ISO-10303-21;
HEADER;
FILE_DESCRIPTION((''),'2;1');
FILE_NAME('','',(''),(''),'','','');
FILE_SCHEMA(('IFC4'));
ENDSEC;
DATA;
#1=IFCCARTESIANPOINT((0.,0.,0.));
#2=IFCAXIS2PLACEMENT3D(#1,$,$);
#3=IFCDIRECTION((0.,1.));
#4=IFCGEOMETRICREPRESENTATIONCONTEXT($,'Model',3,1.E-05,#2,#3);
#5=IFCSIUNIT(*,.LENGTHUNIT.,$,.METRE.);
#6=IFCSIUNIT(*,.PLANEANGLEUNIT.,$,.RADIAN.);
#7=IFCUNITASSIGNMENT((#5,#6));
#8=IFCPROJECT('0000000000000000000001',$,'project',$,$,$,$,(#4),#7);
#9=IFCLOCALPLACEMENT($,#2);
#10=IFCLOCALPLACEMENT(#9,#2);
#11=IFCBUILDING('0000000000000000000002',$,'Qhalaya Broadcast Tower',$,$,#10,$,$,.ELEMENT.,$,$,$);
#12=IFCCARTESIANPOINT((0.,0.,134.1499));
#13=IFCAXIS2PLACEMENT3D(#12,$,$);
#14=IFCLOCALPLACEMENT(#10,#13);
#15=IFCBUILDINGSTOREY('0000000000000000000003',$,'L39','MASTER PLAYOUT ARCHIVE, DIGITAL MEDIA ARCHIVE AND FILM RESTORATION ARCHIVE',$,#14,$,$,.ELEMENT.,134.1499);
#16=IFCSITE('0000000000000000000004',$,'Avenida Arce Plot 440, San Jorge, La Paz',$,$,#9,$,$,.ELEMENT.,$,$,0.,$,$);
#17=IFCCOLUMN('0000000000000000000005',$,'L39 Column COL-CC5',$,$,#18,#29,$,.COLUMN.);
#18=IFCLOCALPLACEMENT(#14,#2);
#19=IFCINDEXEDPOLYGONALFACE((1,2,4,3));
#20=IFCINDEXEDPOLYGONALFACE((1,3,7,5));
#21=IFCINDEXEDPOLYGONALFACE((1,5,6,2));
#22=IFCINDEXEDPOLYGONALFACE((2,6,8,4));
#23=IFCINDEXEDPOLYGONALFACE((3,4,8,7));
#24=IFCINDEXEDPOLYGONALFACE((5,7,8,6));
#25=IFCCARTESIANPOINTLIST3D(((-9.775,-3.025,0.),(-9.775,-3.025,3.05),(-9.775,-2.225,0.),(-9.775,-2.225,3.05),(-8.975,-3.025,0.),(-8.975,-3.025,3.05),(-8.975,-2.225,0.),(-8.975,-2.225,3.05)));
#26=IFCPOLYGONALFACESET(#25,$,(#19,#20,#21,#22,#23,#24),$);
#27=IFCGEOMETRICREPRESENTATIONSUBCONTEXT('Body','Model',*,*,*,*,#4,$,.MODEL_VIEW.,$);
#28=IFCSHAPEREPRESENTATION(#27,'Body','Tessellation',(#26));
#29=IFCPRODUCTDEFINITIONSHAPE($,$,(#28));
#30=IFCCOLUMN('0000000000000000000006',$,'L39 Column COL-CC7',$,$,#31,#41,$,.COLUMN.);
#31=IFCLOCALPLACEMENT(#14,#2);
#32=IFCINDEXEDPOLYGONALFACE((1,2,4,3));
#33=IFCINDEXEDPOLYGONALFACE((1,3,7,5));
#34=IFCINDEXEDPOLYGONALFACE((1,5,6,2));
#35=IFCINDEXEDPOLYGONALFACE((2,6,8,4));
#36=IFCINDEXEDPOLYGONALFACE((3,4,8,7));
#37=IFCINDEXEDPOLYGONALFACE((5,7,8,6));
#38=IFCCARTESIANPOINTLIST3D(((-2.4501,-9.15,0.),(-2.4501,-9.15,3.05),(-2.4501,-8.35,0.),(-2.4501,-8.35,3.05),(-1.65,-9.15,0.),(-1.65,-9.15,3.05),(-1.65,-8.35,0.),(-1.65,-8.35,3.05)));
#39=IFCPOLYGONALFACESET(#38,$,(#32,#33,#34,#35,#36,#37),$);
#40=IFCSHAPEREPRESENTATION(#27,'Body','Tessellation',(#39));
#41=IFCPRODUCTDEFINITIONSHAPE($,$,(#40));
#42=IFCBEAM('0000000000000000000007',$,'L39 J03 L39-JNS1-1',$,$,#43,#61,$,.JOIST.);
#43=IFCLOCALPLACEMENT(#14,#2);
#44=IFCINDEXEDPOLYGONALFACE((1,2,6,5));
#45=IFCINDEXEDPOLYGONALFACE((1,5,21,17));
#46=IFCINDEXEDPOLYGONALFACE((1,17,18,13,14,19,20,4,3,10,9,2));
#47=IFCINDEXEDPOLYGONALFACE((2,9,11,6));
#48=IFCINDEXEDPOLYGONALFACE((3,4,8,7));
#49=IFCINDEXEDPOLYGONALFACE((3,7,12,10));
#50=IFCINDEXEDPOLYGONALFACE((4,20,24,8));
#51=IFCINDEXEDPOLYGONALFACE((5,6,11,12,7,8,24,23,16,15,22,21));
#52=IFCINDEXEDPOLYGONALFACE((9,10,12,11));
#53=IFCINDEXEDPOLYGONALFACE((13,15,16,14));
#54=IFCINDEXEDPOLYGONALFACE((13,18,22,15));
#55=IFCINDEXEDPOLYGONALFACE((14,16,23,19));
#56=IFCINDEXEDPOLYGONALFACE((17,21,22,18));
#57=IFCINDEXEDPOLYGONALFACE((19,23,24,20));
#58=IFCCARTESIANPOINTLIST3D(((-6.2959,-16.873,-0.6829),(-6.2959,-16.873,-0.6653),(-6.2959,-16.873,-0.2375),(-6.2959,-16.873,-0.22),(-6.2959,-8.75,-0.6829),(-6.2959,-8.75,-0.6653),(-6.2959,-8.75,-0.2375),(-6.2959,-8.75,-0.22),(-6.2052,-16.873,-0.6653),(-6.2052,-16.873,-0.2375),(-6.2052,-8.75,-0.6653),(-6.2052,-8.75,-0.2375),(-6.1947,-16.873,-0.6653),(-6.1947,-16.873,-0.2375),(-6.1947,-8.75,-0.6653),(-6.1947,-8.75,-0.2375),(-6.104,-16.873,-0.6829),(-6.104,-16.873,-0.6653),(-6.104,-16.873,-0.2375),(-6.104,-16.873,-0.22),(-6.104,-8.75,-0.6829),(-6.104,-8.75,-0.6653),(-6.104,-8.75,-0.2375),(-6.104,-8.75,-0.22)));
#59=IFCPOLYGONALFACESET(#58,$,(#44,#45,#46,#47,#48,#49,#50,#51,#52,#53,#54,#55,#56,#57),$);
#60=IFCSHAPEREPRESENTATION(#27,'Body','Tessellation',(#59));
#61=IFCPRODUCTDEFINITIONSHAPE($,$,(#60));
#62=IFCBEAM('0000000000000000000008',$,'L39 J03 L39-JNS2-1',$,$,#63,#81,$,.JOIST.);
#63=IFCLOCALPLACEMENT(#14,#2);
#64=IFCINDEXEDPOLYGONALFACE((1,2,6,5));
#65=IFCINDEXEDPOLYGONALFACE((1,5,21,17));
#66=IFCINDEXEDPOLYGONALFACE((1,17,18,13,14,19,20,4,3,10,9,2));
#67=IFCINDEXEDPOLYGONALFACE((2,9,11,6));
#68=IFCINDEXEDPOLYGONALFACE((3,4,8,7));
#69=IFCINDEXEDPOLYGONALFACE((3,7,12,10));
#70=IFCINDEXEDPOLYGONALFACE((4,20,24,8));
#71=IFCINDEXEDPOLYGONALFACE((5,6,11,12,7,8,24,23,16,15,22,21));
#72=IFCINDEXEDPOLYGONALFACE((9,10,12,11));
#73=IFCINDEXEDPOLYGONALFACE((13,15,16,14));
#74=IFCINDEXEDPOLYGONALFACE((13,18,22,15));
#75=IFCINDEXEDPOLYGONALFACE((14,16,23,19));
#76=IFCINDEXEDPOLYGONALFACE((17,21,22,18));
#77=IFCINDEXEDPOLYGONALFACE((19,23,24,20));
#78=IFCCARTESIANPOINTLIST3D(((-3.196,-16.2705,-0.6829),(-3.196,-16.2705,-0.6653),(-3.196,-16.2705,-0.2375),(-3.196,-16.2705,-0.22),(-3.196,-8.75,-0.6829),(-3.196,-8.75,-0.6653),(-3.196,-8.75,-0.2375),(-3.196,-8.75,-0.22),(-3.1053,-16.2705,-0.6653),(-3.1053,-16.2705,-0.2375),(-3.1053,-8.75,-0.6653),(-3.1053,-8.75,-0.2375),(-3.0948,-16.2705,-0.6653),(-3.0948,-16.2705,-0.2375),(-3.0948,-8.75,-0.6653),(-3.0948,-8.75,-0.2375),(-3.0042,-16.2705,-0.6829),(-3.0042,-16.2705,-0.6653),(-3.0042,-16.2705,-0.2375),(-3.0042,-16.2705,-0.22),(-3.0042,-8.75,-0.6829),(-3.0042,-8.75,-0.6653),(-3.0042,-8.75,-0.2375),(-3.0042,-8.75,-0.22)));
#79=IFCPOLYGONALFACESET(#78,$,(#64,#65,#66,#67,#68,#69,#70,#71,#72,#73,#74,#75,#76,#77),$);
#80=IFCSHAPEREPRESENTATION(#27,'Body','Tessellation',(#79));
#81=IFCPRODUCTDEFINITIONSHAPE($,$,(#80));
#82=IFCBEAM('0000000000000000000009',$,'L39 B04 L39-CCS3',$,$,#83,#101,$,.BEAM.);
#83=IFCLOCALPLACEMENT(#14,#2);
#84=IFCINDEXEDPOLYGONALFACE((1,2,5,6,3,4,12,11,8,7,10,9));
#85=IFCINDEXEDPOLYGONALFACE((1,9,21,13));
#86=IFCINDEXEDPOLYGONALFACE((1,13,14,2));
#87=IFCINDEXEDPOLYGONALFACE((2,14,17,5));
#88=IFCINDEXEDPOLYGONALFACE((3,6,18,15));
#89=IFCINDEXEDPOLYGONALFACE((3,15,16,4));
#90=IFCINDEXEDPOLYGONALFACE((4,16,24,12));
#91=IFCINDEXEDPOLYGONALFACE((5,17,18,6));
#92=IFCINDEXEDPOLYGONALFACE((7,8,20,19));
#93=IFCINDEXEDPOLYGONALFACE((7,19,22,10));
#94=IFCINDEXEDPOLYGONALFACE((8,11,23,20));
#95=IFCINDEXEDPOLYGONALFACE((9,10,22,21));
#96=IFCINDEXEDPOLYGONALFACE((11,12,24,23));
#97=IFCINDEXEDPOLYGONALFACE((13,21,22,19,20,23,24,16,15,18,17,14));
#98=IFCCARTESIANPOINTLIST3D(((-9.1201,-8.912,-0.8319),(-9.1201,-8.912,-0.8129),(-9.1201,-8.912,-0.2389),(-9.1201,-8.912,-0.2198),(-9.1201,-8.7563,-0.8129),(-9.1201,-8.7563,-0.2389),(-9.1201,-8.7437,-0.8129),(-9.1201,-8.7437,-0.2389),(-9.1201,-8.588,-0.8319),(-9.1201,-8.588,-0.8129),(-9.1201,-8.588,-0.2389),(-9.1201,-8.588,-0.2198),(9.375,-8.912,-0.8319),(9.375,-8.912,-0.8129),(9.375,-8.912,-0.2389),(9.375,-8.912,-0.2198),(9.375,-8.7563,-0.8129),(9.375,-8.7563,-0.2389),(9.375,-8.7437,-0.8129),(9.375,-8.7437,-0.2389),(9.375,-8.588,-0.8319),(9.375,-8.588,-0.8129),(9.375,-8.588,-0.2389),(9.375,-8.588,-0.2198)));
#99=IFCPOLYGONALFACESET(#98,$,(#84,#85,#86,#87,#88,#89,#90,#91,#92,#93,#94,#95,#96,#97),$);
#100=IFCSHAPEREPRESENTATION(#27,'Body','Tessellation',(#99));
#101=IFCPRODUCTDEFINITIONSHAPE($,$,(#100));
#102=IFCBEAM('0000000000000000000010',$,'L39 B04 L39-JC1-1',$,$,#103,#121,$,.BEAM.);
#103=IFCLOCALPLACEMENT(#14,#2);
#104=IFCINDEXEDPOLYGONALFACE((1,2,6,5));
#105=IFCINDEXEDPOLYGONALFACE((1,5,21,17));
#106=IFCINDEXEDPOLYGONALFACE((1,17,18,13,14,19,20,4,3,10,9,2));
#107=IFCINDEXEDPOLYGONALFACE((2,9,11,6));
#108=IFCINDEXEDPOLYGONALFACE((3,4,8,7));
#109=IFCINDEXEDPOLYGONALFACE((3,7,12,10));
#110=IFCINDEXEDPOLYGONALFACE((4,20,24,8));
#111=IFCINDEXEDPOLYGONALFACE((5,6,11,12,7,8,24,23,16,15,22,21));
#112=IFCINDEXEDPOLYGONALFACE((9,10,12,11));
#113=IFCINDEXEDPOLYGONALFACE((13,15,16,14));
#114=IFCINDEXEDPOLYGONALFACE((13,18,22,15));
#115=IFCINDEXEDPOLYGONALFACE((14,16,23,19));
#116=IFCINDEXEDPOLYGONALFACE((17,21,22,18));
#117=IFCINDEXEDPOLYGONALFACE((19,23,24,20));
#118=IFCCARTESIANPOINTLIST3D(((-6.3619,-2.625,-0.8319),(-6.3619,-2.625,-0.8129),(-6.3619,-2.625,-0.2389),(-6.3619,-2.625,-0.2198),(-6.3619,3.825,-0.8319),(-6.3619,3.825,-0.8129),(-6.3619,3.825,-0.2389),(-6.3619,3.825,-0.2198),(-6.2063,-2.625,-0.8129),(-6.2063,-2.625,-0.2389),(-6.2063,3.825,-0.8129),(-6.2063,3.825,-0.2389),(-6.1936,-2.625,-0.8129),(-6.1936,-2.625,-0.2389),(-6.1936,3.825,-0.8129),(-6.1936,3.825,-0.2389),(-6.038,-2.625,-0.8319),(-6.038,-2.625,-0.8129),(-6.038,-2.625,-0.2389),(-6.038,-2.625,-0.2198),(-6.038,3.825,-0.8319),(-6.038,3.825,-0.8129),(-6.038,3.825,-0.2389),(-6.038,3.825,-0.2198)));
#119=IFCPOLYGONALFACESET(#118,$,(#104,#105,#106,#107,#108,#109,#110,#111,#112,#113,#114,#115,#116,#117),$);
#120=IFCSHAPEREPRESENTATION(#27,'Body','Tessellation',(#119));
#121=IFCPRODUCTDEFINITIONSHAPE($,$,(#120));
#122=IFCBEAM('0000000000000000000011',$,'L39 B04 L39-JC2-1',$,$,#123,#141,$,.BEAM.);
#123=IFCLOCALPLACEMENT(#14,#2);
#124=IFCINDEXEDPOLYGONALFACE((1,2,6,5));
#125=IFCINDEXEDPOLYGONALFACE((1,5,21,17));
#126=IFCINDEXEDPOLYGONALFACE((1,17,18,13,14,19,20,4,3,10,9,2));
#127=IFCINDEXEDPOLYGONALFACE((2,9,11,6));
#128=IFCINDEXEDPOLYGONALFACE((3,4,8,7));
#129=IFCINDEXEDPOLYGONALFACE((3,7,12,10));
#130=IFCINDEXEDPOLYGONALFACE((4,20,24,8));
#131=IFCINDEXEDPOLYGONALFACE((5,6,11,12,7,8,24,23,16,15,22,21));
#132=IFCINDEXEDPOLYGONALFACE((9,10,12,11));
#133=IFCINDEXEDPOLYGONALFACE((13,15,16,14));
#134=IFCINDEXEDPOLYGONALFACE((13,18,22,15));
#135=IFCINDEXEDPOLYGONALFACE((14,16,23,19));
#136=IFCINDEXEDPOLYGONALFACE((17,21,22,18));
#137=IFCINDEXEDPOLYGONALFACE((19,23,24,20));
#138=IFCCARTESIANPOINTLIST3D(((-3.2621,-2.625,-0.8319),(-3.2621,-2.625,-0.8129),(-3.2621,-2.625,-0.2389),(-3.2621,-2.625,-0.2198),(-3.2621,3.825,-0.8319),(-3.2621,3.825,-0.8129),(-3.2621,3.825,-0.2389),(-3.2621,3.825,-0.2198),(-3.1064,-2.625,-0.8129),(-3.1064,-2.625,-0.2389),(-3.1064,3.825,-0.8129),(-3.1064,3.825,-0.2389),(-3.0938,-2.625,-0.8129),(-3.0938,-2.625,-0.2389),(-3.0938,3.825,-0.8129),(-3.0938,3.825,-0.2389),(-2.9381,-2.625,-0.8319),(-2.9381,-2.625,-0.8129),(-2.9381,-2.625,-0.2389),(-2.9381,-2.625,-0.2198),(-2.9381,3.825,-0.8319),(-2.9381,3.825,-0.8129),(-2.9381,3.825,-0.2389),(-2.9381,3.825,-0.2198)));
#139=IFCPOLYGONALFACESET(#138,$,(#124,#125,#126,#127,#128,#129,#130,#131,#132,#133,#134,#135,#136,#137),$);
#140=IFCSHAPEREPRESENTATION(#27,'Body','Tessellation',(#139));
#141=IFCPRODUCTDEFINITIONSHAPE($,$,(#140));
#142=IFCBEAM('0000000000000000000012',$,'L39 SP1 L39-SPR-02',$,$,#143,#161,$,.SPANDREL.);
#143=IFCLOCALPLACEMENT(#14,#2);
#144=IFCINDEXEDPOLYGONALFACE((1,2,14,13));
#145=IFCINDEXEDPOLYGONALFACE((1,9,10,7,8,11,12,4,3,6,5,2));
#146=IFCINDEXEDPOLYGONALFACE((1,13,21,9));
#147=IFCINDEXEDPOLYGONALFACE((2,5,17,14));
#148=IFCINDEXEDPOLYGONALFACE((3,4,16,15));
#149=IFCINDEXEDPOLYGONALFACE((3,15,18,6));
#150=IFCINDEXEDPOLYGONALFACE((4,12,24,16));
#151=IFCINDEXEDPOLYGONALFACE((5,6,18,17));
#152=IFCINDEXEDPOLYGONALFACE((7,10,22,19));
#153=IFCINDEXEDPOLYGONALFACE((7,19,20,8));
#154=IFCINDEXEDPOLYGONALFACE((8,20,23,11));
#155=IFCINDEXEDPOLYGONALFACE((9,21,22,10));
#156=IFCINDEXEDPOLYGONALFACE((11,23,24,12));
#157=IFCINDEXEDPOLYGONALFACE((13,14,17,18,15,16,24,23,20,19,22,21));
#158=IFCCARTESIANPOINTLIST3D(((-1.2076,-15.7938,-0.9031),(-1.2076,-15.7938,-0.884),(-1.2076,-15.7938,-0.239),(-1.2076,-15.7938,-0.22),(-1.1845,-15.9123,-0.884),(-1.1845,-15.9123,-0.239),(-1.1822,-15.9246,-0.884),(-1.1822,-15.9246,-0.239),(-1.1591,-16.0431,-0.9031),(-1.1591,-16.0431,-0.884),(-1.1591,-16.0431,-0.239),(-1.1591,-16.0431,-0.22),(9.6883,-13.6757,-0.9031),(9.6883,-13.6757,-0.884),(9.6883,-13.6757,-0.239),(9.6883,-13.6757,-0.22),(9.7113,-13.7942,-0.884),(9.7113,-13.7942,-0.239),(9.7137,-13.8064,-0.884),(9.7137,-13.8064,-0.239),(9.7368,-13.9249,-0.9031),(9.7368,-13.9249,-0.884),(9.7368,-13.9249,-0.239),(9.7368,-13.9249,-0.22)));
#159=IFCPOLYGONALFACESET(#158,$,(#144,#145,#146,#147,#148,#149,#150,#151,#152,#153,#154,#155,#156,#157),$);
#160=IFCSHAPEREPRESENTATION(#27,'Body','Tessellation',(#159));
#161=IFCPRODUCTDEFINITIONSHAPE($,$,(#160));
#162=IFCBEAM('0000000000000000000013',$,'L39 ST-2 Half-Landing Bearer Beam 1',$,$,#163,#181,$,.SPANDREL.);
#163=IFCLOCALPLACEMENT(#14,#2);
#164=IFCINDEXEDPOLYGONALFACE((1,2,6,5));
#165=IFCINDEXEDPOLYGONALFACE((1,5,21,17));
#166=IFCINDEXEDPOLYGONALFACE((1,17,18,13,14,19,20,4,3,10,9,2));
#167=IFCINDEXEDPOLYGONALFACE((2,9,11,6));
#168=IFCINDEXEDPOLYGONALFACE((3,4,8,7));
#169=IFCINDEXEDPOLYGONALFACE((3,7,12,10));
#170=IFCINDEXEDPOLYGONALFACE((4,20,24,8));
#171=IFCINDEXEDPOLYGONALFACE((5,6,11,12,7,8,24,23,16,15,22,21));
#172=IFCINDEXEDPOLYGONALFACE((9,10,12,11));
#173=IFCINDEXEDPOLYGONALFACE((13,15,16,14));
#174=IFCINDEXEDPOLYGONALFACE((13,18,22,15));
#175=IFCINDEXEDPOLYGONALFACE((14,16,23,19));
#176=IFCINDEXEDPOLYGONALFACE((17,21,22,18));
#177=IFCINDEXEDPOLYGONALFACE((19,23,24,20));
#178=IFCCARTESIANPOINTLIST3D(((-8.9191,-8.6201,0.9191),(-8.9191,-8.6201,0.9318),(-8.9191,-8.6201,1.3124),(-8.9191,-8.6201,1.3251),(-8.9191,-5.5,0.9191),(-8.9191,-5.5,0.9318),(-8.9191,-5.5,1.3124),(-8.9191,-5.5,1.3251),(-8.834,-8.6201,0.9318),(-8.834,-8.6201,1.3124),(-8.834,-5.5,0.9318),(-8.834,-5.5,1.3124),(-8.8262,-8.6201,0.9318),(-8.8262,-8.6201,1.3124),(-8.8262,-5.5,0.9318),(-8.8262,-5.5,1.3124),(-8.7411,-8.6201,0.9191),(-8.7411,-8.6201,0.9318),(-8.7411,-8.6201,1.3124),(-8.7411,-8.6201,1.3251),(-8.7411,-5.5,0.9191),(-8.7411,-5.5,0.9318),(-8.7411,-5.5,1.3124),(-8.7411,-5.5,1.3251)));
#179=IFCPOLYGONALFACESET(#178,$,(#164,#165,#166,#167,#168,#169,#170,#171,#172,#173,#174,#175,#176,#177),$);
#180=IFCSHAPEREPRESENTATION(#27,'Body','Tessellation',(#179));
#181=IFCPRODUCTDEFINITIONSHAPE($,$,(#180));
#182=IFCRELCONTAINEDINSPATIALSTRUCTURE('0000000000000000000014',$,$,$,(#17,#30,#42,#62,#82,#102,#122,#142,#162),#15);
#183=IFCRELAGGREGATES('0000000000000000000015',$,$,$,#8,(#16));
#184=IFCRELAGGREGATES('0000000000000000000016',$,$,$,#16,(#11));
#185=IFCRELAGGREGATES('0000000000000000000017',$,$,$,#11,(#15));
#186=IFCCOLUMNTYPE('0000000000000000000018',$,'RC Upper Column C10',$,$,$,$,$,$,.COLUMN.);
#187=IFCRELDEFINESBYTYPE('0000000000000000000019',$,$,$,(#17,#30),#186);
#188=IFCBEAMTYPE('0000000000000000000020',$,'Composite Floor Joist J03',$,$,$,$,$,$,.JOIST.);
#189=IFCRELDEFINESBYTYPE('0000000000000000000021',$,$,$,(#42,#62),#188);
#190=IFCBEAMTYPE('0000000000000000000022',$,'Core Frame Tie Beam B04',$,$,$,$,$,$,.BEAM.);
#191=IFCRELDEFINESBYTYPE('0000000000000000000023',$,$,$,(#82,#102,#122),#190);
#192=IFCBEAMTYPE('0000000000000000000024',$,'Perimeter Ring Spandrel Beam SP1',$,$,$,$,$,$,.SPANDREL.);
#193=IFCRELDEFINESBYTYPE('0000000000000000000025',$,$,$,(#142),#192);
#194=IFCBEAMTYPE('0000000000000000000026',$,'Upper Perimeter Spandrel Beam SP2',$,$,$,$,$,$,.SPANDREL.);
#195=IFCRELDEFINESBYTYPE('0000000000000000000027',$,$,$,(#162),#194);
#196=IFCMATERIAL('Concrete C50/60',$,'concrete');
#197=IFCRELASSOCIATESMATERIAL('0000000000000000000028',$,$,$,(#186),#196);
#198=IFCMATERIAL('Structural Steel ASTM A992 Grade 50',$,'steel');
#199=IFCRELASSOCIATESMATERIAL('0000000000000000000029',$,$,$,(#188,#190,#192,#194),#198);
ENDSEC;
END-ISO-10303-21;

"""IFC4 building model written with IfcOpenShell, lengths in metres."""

from ifc_helpers import new_model, si_unit, direction, frame, origin, origin_2d, place, context, subcontext, project, spatial, rectangle, i_section, extrude, material, material_profile, profile_set, type_object, element, save


model = new_model("IFC4")

# Units and contexts
model_context = context("Model", 3, precision=1e-05, world=origin(), true_north=direction((0.0, 1.0)))
body_context = subcontext(model_context, "Body", "Model", "MODEL_VIEW")
ifc_project = project(units=[si_unit("LENGTHUNIT", "METRE"), si_unit("PLANEANGLEUNIT", "RADIAN")], contexts=[model_context])

# Site, building, storey
site_placement = place(None, origin())
site = spatial("IfcSite", under=ifc_project, at=site_placement, Name="Avenida Arce Plot 440, San Jorge, La Paz", CompositionType="ELEMENT", RefElevation=0.0)
building_placement = place(site_placement, origin())
building = spatial("IfcBuilding", under=site, at=building_placement, Name="Qhalaya Broadcast Tower", CompositionType="ELEMENT")
storey_placement = place(building_placement, frame((0.0, 0.0, 134.1499)))
storey = spatial("IfcBuildingStorey", under=building, at=storey_placement, Name="L39", Description="MASTER PLAYOUT ARCHIVE, DIGITAL MEDIA ARCHIVE AND FILM RESTORATION ARCHIVE", CompositionType="ELEMENT", Elevation=134.1499)

# Columns
ifc_material_1 = material(Name="Concrete C50/60", Category="concrete")
ifc_material_profile_1 = material_profile(ifc_material_1, rectangle(XDim=0.8, YDim=0.8, at=origin_2d()), Name="RC-COL 800x800")
ifc_profile_set_1 = profile_set([ifc_material_profile_1], Name="Concrete C50/60")
column_type = type_object("IfcColumnType", Name="RC Upper Column C10", PredefinedType="COLUMN", material=ifc_profile_set_1)
for number, where, z_axis, x_axis, name in (
    (1, (-9.375, -2.625, 0.0), (0.0, 0.0, 1.0), (1.0, 0.0, 0.0), "L39 Column COL-CC5"),
    (2, (-2.05, -8.75, 0.0), (0.0, 0.0, 1.0), (1.0, 0.0, 0.0), "L39 Column COL-CC7"),
):
    element("IfcColumn", number, at=place(storey_placement, frame(where, z_axis=z_axis, x_axis=x_axis)), inside=storey, type_object=column_type, Name=name, PredefinedType="COLUMN", context=body_context, shape_type="SweptSolid", body=[
        extrude(rectangle(XDim=0.8, YDim=0.8, at=origin_2d()), origin(), (0.0, 0.0, 1.0), 3.05),
    ])

# Beams
ifc_material_2 = material(Name="Structural Steel ASTM A992 Grade 50", Category="steel")
ifc_material_profile_2 = material_profile(ifc_material_2, i_section(OverallWidth=0.1919, OverallDepth=0.4629, WebThickness=0.0105, FlangeThickness=0.0176, at=origin_2d()), Name="W18X60")
ifc_profile_set_2 = profile_set([ifc_material_profile_2], Name="Structural Steel ASTM A992 Grade 50")
beam_type_1 = type_object("IfcBeamType", Name="Composite Floor Joist J03", PredefinedType="JOIST", material=ifc_profile_set_2)
beam_1_placement = place(storey_placement, frame((-6.2, -16.873, -0.4514), z_axis=(0.0, 1.0, 0.0), x_axis=(-1.0, 0.0, 0.0)))
element("IfcBeam", 3, at=beam_1_placement, inside=storey, type_object=beam_type_1, Name="L39 J03 L39-JNS1-1", PredefinedType="JOIST", context=body_context, shape_type="SweptSolid", body=[
    extrude(i_section(OverallWidth=0.1919, OverallDepth=0.4629, WebThickness=0.0105, FlangeThickness=0.0176, at=origin_2d()), origin(), (0.0, 0.0, 1.0), 8.123),
])
beam_2_placement = place(storey_placement, frame((-3.1001, -16.2705, -0.4514), z_axis=(0.0, 1.0, 0.0), x_axis=(-1.0, 0.0, 0.0)))
element("IfcBeam", 4, at=beam_2_placement, inside=storey, type_object=beam_type_1, Name="L39 J03 L39-JNS2-1", PredefinedType="JOIST", context=body_context, shape_type="SweptSolid", body=[
    extrude(i_section(OverallWidth=0.1919, OverallDepth=0.4629, WebThickness=0.0105, FlangeThickness=0.0176, at=origin_2d()), origin(), (0.0, 0.0, 1.0), 7.5205),
])
ifc_material_profile_3 = material_profile(ifc_material_2, i_section(OverallWidth=0.324, OverallDepth=0.6121, WebThickness=0.0127, FlangeThickness=0.019, at=origin_2d()), Name="W24X104")
ifc_profile_set_3 = profile_set([ifc_material_profile_3], Name="Structural Steel ASTM A992 Grade 50")
beam_type_2 = type_object("IfcBeamType", Name="Core Frame Tie Beam B04", PredefinedType="BEAM", material=ifc_profile_set_3)
beam_3_placement = place(storey_placement, frame((-9.1201, -8.75, -0.5259), z_axis=(1.0, 0.0, 0.0), x_axis=(0.0, 1.0, 0.0)))
element("IfcBeam", 5, at=beam_3_placement, inside=storey, type_object=beam_type_2, Name="L39 B04 L39-CCS3", PredefinedType="BEAM", context=body_context, shape_type="SweptSolid", body=[
    extrude(i_section(OverallWidth=0.324, OverallDepth=0.6121, WebThickness=0.0127, FlangeThickness=0.019, at=origin_2d()), origin(), (0.0, 0.0, 1.0), 18.4951),
])
for number, where, z_axis, x_axis, name in (
    (6, (-6.2, -2.625, -0.5259), (0.0, 1.0, 0.0), (-1.0, 0.0, 0.0), "L39 B04 L39-JC1-1"),
    (7, (-3.1001, -2.625, -0.5259), (0.0, 1.0, 0.0), (-1.0, 0.0, 0.0), "L39 B04 L39-JC2-1"),
):
    element("IfcBeam", number, at=place(storey_placement, frame(where, z_axis=z_axis, x_axis=x_axis)), inside=storey, type_object=beam_type_2, Name=name, PredefinedType="BEAM", context=body_context, shape_type="SweptSolid", body=[
        extrude(i_section(OverallWidth=0.324, OverallDepth=0.6121, WebThickness=0.0127, FlangeThickness=0.019, at=origin_2d()), origin(), (0.0, 0.0, 1.0), 6.45),
    ])
ifc_material_profile_4 = material_profile(ifc_material_2, i_section(OverallWidth=0.2539, OverallDepth=0.6831, WebThickness=0.0125, FlangeThickness=0.019, at=origin_2d()), Name="W27X94")
ifc_profile_set_4 = profile_set([ifc_material_profile_4], Name="Structural Steel ASTM A992 Grade 50")
beam_type_3 = type_object("IfcBeamType", Name="Perimeter Ring Spandrel Beam SP1", PredefinedType="SPANDREL", material=ifc_profile_set_4)
beam_4_placement = place(storey_placement, frame((-1.1833, -15.9185, -0.5615), z_axis=(0.981624, 0.190826, 0.0), x_axis=(-0.190826, 0.981624, 0.0)))
element("IfcBeam", 8, at=beam_4_placement, inside=storey, type_object=beam_type_3, Name="L39 SP1 L39-SPR-02", PredefinedType="SPANDREL", context=body_context, shape_type="SweptSolid", body=[
    extrude(i_section(OverallWidth=0.2539, OverallDepth=0.6831, WebThickness=0.0125, FlangeThickness=0.019, at=origin_2d()), origin(), (0.0, 0.0, 1.0), 11.0999),
])
ifc_material_profile_5 = material_profile(ifc_material_2, i_section(OverallWidth=0.178, OverallDepth=0.406, WebThickness=0.0078, FlangeThickness=0.0127, at=origin_2d()), Name="W16X40")
ifc_profile_set_5 = profile_set([ifc_material_profile_5], Name="Structural Steel ASTM A992 Grade 50")
beam_type_4 = type_object("IfcBeamType", Name="Upper Perimeter Spandrel Beam SP2", PredefinedType="SPANDREL", material=ifc_profile_set_5)
for number, where, z_axis, x_axis, name in (
    (9, (-8.8301, -8.6201, 1.1221), (0.0, 1.0, 0.0), (-1.0, 0.0, 0.0), "L39 ST-2 Half-Landing Bearer Beam 1"),
):
    element("IfcBeam", number, at=place(storey_placement, frame(where, z_axis=z_axis, x_axis=x_axis)), inside=storey, type_object=beam_type_4, Name=name, PredefinedType="SPANDREL", context=body_context, shape_type="SweptSolid", body=[
        extrude(i_section(OverallWidth=0.178, OverallDepth=0.406, WebThickness=0.0078, FlangeThickness=0.0127, at=origin_2d()), origin(), (0.0, 0.0, 1.0), 3.1201),
    ])

save(model, "model.ifc")
